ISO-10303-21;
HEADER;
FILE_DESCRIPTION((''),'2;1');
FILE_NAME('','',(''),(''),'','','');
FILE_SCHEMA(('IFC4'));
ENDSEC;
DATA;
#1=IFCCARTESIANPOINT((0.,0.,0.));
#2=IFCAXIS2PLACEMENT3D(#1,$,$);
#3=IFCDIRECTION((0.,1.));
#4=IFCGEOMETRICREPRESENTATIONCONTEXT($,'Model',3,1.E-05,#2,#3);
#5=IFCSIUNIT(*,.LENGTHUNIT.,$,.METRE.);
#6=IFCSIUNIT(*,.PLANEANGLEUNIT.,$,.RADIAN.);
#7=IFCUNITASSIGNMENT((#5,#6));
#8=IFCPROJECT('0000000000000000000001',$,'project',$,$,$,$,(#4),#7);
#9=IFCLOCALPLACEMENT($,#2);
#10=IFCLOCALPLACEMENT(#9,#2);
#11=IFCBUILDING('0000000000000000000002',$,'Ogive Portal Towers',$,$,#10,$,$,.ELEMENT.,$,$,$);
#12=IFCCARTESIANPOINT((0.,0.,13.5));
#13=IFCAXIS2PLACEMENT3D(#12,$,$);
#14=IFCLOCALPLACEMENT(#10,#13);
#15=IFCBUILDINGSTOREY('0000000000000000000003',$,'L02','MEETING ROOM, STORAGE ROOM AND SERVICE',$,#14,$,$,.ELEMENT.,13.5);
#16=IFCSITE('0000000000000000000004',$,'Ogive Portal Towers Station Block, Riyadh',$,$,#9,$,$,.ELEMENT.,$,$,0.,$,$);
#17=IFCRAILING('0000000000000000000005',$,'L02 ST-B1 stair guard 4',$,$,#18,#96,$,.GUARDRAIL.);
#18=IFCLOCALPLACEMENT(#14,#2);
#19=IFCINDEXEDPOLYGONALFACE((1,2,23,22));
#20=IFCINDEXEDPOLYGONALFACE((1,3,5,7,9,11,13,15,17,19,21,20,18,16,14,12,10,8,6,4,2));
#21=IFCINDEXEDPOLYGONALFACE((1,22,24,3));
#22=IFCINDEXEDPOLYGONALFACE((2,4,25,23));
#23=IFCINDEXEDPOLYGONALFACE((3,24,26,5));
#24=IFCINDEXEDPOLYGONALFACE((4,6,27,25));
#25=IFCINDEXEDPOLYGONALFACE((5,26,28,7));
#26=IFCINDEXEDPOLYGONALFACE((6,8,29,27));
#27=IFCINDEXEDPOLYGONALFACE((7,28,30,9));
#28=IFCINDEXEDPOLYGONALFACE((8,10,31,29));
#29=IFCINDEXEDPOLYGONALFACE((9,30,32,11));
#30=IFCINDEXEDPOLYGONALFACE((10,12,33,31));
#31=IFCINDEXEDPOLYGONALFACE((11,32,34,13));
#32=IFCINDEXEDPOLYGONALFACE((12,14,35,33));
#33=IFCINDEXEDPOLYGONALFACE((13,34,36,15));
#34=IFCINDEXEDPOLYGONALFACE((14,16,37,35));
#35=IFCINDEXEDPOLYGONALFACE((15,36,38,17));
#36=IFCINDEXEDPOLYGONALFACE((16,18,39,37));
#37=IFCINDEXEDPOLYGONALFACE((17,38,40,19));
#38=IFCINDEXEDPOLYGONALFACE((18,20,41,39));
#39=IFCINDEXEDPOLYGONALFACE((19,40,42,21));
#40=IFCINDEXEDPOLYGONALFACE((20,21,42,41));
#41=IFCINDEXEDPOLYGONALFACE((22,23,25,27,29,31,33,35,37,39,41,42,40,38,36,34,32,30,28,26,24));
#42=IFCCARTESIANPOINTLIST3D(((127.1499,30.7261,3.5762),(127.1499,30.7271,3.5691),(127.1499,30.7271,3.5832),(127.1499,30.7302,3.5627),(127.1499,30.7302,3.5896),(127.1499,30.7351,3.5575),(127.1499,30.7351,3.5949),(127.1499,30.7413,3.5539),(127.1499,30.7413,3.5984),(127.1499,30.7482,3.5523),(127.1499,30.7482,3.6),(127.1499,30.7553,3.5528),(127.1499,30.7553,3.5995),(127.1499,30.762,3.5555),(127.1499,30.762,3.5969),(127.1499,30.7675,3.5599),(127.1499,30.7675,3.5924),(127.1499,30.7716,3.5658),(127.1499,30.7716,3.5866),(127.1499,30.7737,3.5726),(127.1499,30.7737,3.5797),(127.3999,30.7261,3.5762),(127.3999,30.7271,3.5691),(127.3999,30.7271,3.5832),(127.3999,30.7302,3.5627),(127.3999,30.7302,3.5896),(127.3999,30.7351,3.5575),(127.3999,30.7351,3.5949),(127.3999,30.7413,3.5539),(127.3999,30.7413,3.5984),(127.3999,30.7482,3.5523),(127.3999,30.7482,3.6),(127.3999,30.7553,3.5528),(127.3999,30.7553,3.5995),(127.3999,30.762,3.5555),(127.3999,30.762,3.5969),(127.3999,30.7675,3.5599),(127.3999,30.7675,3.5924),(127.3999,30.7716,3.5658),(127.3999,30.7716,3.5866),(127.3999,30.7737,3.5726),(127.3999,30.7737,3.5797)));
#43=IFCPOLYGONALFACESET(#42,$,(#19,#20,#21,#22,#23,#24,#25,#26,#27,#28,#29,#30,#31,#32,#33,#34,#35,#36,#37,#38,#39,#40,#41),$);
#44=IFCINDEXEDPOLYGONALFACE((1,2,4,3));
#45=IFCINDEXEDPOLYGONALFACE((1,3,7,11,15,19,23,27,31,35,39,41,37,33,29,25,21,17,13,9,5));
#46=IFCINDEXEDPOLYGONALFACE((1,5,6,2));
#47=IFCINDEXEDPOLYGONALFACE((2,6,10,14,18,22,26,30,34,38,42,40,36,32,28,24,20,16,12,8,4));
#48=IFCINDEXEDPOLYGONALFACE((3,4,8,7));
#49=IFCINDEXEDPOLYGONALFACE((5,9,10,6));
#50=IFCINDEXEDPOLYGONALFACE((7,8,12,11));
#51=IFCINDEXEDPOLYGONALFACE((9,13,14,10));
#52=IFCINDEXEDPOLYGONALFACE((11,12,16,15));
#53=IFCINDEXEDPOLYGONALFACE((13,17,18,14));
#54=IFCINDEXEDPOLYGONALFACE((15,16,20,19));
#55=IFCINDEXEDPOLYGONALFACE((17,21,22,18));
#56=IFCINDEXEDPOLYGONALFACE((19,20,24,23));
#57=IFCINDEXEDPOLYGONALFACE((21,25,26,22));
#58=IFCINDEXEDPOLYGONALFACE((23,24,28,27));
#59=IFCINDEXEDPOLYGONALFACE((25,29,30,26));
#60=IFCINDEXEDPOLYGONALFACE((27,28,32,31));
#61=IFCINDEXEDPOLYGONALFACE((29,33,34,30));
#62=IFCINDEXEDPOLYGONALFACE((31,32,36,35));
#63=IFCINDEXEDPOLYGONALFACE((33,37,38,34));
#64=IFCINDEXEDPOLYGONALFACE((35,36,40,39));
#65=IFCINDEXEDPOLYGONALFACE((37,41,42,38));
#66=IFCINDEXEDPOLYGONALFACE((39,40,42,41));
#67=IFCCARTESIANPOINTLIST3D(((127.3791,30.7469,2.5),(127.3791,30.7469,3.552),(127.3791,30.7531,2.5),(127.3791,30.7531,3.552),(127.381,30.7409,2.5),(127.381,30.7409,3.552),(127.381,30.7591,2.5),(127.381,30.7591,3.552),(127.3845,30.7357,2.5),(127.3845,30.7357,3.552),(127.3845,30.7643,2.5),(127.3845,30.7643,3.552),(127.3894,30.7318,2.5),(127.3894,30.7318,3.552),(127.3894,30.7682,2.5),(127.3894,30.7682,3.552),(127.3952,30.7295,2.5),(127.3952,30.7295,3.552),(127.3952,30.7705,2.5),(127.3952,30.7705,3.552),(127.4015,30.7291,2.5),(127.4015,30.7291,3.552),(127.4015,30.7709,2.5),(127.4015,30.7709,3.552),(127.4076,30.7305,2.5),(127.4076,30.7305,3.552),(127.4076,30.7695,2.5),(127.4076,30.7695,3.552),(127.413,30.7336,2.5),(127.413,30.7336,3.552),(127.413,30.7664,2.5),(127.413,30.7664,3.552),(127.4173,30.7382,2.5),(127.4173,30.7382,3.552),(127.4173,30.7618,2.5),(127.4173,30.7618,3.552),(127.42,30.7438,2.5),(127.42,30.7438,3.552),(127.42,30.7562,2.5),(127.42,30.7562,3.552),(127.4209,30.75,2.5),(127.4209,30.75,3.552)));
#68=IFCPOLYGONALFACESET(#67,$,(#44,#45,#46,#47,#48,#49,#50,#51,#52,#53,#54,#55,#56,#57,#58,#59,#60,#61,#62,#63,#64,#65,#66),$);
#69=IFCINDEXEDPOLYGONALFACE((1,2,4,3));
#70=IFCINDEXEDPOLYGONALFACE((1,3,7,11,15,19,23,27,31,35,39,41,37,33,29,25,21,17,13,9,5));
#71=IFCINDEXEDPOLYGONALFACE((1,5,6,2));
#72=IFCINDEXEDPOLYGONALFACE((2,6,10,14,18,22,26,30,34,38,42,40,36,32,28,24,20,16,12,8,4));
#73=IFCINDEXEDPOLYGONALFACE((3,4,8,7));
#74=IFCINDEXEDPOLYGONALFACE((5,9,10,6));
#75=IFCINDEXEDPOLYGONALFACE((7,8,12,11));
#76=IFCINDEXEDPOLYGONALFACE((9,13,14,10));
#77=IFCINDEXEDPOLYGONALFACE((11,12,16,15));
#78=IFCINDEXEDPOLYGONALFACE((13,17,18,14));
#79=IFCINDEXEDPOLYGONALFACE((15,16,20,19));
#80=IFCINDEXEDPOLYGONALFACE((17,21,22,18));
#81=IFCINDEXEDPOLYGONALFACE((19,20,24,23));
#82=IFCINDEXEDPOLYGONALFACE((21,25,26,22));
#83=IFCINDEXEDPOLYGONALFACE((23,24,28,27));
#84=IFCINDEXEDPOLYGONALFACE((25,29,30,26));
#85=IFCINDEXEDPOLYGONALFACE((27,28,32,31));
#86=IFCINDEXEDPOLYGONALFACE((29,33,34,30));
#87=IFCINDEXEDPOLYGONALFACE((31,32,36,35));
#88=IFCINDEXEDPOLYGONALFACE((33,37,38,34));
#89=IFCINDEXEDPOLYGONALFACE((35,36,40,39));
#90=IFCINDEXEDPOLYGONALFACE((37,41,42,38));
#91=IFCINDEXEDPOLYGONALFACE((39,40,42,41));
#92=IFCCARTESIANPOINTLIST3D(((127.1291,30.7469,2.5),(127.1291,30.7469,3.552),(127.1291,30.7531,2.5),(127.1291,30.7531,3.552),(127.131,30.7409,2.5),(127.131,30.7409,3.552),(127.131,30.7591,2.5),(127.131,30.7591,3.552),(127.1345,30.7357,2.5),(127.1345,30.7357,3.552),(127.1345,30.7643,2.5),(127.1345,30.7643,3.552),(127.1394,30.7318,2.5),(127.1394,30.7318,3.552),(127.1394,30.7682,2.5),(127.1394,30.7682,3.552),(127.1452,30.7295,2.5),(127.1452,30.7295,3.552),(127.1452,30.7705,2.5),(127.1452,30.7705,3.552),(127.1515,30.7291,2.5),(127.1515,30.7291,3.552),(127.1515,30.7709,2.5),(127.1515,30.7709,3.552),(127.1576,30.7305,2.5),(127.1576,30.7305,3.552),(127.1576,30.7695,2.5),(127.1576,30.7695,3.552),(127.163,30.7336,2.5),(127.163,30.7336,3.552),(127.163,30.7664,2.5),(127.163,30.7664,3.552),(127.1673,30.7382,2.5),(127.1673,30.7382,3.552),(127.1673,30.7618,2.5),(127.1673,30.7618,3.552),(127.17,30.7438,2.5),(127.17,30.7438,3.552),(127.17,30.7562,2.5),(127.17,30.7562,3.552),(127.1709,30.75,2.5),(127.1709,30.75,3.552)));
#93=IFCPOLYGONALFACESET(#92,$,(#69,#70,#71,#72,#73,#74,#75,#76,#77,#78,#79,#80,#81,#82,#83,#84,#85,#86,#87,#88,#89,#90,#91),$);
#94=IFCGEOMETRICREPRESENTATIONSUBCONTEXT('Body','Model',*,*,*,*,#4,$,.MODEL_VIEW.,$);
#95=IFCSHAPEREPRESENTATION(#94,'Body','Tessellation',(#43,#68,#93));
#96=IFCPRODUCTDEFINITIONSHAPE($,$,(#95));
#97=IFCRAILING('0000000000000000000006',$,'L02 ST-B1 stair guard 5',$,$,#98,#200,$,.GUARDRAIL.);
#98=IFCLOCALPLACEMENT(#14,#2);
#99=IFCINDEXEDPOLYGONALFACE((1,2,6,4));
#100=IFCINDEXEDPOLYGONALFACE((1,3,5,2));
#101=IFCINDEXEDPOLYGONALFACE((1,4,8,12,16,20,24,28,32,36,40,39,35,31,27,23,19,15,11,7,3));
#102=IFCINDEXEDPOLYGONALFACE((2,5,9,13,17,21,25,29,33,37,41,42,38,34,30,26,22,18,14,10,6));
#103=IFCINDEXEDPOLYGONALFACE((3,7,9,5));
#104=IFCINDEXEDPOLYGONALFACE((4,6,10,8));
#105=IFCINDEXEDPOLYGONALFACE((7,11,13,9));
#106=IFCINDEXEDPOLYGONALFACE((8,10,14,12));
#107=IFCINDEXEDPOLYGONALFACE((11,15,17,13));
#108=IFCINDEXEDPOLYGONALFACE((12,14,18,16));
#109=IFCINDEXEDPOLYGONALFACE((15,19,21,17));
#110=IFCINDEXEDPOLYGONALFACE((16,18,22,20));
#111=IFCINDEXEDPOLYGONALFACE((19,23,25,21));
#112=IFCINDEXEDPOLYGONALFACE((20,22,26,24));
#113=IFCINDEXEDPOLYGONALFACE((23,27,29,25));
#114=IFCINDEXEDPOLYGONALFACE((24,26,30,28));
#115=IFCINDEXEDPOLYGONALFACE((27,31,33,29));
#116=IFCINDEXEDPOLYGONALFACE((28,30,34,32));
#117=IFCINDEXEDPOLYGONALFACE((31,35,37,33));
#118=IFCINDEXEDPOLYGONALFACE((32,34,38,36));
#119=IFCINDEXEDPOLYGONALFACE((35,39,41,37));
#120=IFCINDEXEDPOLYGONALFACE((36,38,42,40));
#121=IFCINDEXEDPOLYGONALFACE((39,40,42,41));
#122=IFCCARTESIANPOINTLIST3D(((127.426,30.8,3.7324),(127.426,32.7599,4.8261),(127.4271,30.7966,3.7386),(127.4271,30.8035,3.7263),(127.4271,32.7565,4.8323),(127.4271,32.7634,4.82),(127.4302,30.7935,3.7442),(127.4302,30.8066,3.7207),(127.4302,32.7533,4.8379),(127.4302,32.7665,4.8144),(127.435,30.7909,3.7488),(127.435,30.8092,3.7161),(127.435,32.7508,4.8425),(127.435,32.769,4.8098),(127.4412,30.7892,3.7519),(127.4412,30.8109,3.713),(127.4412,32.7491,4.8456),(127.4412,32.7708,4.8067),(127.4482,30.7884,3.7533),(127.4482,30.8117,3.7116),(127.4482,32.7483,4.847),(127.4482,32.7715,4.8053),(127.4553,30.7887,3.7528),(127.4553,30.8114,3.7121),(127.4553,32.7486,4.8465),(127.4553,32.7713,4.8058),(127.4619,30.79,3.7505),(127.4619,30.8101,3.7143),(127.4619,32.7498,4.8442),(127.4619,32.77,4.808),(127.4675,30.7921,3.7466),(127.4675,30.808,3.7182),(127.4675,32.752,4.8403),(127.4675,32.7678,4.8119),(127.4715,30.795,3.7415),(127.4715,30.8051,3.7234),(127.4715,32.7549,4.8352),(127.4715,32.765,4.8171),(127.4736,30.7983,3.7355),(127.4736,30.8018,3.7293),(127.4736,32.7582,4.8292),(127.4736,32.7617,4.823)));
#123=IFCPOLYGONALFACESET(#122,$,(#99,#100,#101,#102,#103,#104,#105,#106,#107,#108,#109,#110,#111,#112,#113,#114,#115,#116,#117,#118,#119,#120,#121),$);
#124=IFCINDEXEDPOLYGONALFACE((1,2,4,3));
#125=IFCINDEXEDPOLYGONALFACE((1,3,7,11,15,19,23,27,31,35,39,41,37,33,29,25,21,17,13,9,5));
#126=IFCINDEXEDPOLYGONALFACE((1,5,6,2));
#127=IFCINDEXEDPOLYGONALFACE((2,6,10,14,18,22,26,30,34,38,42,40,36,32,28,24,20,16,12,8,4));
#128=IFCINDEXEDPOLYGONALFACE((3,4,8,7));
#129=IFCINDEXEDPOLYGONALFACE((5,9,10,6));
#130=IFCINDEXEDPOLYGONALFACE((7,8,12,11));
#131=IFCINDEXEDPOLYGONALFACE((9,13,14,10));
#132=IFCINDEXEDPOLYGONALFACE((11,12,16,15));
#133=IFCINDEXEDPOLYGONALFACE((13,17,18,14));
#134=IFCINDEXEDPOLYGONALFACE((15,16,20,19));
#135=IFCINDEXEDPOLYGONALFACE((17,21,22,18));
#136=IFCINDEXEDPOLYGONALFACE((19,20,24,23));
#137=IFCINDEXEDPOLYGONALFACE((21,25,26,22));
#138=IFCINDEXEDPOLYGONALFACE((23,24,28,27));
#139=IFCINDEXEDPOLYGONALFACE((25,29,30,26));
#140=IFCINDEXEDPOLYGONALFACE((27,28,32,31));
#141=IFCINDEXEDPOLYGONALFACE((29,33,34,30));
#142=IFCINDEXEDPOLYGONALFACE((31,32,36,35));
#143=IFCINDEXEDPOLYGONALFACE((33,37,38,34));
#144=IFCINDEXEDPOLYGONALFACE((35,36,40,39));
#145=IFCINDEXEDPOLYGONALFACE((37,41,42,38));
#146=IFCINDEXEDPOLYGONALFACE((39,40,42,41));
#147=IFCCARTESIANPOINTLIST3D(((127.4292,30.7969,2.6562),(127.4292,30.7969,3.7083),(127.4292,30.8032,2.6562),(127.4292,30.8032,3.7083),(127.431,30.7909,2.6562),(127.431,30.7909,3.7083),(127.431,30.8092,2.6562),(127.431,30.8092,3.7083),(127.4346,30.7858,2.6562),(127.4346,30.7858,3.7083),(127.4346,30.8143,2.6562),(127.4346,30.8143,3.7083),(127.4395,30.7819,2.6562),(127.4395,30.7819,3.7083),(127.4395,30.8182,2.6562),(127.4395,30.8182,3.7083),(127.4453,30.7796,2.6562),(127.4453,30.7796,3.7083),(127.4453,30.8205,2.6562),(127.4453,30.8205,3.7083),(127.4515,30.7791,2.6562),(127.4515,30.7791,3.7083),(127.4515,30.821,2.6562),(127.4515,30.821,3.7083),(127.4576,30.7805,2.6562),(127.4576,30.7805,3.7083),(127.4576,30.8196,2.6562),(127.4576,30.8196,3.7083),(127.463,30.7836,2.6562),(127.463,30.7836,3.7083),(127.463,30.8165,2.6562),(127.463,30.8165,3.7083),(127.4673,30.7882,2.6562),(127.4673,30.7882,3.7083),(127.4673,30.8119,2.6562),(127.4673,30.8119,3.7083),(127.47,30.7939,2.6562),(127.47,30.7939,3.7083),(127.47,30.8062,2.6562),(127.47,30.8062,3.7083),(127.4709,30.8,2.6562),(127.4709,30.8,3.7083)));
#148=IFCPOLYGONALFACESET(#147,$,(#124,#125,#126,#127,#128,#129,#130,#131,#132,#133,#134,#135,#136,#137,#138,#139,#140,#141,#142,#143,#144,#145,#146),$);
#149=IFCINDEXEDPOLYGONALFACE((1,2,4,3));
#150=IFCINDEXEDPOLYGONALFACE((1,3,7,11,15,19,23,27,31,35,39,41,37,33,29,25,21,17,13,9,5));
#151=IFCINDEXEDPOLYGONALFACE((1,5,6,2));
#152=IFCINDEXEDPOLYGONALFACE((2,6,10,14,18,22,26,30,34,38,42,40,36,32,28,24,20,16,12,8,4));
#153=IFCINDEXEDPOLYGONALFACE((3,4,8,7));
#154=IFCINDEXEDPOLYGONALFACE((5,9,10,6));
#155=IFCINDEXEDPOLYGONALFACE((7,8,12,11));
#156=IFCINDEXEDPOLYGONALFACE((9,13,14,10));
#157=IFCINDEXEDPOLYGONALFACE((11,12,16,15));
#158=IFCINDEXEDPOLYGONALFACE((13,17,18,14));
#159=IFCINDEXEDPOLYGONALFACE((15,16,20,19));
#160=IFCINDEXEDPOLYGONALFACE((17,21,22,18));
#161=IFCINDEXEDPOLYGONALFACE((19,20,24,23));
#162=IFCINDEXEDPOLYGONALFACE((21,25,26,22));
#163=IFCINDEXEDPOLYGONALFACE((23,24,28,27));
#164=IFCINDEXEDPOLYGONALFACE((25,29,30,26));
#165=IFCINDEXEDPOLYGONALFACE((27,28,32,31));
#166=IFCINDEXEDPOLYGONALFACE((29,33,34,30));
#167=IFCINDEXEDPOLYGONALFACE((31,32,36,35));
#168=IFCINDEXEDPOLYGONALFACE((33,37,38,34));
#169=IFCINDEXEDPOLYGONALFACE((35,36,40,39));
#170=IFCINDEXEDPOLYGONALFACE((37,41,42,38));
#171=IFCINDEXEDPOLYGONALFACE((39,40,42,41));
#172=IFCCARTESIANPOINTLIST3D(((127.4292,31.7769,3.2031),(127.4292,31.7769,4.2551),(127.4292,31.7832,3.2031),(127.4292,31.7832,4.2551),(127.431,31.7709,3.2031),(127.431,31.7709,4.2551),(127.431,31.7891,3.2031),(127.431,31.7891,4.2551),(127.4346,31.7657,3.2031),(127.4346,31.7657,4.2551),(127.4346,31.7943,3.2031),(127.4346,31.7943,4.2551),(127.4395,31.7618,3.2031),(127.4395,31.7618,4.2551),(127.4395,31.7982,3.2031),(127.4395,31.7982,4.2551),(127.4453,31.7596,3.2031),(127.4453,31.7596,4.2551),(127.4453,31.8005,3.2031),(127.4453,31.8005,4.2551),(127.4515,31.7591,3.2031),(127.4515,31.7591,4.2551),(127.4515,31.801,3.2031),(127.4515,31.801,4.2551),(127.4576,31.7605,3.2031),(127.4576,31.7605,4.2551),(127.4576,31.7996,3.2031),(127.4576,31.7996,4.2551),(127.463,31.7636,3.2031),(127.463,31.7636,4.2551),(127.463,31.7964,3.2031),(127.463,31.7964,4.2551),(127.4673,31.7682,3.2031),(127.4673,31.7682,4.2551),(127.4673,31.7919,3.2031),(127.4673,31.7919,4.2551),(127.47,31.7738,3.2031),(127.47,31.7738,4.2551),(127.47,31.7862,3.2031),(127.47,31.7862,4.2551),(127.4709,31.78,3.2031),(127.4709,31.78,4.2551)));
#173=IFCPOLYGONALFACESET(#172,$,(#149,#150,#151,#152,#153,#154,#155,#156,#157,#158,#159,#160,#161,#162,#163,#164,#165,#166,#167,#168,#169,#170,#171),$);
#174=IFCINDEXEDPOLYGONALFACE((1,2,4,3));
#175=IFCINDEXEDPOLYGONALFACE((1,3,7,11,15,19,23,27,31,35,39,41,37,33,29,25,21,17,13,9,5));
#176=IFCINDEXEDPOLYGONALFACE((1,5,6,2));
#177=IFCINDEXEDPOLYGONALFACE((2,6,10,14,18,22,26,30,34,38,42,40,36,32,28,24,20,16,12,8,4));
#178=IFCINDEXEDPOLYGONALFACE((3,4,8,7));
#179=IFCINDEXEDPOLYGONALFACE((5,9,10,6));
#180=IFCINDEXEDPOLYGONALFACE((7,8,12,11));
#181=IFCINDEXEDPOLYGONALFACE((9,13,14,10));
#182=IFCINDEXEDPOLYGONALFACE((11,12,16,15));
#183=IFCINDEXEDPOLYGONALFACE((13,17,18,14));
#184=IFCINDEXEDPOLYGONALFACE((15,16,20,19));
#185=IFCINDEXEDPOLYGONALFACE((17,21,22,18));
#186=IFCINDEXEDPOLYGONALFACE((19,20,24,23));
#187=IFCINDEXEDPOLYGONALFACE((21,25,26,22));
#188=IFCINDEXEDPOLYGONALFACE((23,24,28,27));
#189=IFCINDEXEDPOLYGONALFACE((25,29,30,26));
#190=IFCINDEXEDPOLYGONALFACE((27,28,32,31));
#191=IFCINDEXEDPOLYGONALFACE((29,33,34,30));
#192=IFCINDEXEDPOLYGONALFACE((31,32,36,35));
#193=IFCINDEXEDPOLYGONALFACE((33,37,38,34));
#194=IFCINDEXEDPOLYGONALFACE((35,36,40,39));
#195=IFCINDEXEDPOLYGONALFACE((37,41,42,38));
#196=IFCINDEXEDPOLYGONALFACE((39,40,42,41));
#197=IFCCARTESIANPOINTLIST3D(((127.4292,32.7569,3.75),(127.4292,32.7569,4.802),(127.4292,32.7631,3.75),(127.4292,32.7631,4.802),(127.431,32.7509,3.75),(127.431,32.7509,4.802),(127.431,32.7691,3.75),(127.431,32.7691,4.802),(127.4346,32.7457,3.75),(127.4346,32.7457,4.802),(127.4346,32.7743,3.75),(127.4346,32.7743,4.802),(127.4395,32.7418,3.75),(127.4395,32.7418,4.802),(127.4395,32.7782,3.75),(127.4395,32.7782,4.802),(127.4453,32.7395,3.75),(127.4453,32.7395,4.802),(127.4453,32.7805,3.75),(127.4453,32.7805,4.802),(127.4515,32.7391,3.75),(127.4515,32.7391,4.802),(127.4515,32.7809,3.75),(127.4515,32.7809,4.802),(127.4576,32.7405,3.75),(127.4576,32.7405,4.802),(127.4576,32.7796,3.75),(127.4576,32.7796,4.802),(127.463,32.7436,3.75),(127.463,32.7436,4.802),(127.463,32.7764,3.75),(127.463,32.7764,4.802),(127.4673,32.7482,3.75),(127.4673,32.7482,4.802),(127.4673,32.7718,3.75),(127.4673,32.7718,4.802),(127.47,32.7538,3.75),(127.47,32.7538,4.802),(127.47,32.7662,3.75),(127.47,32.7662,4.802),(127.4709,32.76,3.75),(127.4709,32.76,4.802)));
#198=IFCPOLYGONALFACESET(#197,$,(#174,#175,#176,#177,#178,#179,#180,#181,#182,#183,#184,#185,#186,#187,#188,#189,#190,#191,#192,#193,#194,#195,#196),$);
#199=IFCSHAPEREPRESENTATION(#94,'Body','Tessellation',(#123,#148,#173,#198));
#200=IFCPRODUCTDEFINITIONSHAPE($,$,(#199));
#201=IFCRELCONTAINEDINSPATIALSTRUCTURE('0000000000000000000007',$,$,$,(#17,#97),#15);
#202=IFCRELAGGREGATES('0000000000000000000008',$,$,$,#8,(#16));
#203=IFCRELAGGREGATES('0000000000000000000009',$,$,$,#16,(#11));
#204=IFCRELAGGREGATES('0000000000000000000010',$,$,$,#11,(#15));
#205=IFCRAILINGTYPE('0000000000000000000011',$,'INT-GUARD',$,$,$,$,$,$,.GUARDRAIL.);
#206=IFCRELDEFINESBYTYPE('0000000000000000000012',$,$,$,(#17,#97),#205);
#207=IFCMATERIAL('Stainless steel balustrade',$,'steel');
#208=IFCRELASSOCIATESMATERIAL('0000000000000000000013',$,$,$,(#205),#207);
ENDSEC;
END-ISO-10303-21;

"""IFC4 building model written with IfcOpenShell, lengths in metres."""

from ifc_helpers import new_model, si_unit, direction, frame, origin, origin_2d, place, context, subcontext, project, spatial, circle, extrude, material, type_object, element, save


model = new_model("IFC4")

# Units and contexts
model_context = context("Model", 3, precision=1e-05, world=origin(), true_north=direction((0.0, 1.0)))
body_context = subcontext(model_context, "Body", "Model", "MODEL_VIEW")
ifc_project = project(units=[si_unit("LENGTHUNIT", "METRE"), si_unit("PLANEANGLEUNIT", "RADIAN")], contexts=[model_context])

# Site, building, storey
site_placement = place(None, origin())
site = spatial("IfcSite", under=ifc_project, at=site_placement, Name="Ogive Portal Towers Station Block, Riyadh", CompositionType="ELEMENT", RefElevation=0.0)
building_placement = place(site_placement, origin())
building = spatial("IfcBuilding", under=site, at=building_placement, Name="Ogive Portal Towers", CompositionType="ELEMENT")
storey_placement = place(building_placement, frame((0.0, 0.0, 13.5)))
storey = spatial("IfcBuildingStorey", under=building, at=storey_placement, Name="L02", Description="MEETING ROOM, STORAGE ROOM AND SERVICE", CompositionType="ELEMENT", Elevation=13.5)

# Railings
ifc_material_1 = material(Name="Stainless steel balustrade", Category="steel")
railing_type_1 = type_object("IfcRailingType", Name="INT-GUARD", PredefinedType="GUARDRAIL", material=ifc_material_1)
railing_1_placement = place(storey_placement, frame((127.3999, 30.75, 2.5)))
element("IfcRailing", 1, at=railing_1_placement, inside=storey, type_object=railing_type_1, Name="L02 ST-B1 stair guard 4", PredefinedType="GUARDRAIL", context=body_context, shape_type="SweptSolid", body=[
    extrude(circle(Radius=0.0239, at=origin_2d()), frame((0.0, 0.0, 1.0762), z_axis=(-1.0, 0.0, 0.0), x_axis=(0.0, -1.0, 0.0)), (0.0, 0.0, 1.0), 0.25),
    extrude(circle(Radius=0.021, at=origin_2d()), origin(), (0.0, 0.0, 1.0), 1.052),
    extrude(circle(Radius=0.021, at=origin_2d()), frame((-0.25, 0.0, 0.0)), (0.0, 0.0, 1.0), 1.052),
])
railing_2_placement = place(storey_placement, frame((127.45, 30.8, 2.6562)))
element("IfcRailing", 2, at=railing_2_placement, inside=storey, type_object=railing_type_1, Name="L02 ST-B1 stair guard 5", PredefinedType="GUARDRAIL", context=body_context, shape_type="SweptSolid", body=[
    extrude(circle(Radius=0.0239, at=origin_2d()), frame((0.0, 0.0, 1.0762), z_axis=(0.0, 0.873232, 0.487304), x_axis=(-1.0, 0.0, 0.0)), (0.0, 0.0, 1.0), 2.2444),
    extrude(circle(Radius=0.021, at=origin_2d()), origin(), (0.0, 0.0, 1.0), 1.052),
    extrude(circle(Radius=0.021, at=origin_2d()), frame((0.0, 0.98, 0.5469)), (0.0, 0.0, 1.0), 1.052),
    extrude(circle(Radius=0.021, at=origin_2d()), frame((0.0, 1.96, 1.0938)), (0.0, 0.0, 1.0), 1.052),
])

save(model, "model.ifc")
